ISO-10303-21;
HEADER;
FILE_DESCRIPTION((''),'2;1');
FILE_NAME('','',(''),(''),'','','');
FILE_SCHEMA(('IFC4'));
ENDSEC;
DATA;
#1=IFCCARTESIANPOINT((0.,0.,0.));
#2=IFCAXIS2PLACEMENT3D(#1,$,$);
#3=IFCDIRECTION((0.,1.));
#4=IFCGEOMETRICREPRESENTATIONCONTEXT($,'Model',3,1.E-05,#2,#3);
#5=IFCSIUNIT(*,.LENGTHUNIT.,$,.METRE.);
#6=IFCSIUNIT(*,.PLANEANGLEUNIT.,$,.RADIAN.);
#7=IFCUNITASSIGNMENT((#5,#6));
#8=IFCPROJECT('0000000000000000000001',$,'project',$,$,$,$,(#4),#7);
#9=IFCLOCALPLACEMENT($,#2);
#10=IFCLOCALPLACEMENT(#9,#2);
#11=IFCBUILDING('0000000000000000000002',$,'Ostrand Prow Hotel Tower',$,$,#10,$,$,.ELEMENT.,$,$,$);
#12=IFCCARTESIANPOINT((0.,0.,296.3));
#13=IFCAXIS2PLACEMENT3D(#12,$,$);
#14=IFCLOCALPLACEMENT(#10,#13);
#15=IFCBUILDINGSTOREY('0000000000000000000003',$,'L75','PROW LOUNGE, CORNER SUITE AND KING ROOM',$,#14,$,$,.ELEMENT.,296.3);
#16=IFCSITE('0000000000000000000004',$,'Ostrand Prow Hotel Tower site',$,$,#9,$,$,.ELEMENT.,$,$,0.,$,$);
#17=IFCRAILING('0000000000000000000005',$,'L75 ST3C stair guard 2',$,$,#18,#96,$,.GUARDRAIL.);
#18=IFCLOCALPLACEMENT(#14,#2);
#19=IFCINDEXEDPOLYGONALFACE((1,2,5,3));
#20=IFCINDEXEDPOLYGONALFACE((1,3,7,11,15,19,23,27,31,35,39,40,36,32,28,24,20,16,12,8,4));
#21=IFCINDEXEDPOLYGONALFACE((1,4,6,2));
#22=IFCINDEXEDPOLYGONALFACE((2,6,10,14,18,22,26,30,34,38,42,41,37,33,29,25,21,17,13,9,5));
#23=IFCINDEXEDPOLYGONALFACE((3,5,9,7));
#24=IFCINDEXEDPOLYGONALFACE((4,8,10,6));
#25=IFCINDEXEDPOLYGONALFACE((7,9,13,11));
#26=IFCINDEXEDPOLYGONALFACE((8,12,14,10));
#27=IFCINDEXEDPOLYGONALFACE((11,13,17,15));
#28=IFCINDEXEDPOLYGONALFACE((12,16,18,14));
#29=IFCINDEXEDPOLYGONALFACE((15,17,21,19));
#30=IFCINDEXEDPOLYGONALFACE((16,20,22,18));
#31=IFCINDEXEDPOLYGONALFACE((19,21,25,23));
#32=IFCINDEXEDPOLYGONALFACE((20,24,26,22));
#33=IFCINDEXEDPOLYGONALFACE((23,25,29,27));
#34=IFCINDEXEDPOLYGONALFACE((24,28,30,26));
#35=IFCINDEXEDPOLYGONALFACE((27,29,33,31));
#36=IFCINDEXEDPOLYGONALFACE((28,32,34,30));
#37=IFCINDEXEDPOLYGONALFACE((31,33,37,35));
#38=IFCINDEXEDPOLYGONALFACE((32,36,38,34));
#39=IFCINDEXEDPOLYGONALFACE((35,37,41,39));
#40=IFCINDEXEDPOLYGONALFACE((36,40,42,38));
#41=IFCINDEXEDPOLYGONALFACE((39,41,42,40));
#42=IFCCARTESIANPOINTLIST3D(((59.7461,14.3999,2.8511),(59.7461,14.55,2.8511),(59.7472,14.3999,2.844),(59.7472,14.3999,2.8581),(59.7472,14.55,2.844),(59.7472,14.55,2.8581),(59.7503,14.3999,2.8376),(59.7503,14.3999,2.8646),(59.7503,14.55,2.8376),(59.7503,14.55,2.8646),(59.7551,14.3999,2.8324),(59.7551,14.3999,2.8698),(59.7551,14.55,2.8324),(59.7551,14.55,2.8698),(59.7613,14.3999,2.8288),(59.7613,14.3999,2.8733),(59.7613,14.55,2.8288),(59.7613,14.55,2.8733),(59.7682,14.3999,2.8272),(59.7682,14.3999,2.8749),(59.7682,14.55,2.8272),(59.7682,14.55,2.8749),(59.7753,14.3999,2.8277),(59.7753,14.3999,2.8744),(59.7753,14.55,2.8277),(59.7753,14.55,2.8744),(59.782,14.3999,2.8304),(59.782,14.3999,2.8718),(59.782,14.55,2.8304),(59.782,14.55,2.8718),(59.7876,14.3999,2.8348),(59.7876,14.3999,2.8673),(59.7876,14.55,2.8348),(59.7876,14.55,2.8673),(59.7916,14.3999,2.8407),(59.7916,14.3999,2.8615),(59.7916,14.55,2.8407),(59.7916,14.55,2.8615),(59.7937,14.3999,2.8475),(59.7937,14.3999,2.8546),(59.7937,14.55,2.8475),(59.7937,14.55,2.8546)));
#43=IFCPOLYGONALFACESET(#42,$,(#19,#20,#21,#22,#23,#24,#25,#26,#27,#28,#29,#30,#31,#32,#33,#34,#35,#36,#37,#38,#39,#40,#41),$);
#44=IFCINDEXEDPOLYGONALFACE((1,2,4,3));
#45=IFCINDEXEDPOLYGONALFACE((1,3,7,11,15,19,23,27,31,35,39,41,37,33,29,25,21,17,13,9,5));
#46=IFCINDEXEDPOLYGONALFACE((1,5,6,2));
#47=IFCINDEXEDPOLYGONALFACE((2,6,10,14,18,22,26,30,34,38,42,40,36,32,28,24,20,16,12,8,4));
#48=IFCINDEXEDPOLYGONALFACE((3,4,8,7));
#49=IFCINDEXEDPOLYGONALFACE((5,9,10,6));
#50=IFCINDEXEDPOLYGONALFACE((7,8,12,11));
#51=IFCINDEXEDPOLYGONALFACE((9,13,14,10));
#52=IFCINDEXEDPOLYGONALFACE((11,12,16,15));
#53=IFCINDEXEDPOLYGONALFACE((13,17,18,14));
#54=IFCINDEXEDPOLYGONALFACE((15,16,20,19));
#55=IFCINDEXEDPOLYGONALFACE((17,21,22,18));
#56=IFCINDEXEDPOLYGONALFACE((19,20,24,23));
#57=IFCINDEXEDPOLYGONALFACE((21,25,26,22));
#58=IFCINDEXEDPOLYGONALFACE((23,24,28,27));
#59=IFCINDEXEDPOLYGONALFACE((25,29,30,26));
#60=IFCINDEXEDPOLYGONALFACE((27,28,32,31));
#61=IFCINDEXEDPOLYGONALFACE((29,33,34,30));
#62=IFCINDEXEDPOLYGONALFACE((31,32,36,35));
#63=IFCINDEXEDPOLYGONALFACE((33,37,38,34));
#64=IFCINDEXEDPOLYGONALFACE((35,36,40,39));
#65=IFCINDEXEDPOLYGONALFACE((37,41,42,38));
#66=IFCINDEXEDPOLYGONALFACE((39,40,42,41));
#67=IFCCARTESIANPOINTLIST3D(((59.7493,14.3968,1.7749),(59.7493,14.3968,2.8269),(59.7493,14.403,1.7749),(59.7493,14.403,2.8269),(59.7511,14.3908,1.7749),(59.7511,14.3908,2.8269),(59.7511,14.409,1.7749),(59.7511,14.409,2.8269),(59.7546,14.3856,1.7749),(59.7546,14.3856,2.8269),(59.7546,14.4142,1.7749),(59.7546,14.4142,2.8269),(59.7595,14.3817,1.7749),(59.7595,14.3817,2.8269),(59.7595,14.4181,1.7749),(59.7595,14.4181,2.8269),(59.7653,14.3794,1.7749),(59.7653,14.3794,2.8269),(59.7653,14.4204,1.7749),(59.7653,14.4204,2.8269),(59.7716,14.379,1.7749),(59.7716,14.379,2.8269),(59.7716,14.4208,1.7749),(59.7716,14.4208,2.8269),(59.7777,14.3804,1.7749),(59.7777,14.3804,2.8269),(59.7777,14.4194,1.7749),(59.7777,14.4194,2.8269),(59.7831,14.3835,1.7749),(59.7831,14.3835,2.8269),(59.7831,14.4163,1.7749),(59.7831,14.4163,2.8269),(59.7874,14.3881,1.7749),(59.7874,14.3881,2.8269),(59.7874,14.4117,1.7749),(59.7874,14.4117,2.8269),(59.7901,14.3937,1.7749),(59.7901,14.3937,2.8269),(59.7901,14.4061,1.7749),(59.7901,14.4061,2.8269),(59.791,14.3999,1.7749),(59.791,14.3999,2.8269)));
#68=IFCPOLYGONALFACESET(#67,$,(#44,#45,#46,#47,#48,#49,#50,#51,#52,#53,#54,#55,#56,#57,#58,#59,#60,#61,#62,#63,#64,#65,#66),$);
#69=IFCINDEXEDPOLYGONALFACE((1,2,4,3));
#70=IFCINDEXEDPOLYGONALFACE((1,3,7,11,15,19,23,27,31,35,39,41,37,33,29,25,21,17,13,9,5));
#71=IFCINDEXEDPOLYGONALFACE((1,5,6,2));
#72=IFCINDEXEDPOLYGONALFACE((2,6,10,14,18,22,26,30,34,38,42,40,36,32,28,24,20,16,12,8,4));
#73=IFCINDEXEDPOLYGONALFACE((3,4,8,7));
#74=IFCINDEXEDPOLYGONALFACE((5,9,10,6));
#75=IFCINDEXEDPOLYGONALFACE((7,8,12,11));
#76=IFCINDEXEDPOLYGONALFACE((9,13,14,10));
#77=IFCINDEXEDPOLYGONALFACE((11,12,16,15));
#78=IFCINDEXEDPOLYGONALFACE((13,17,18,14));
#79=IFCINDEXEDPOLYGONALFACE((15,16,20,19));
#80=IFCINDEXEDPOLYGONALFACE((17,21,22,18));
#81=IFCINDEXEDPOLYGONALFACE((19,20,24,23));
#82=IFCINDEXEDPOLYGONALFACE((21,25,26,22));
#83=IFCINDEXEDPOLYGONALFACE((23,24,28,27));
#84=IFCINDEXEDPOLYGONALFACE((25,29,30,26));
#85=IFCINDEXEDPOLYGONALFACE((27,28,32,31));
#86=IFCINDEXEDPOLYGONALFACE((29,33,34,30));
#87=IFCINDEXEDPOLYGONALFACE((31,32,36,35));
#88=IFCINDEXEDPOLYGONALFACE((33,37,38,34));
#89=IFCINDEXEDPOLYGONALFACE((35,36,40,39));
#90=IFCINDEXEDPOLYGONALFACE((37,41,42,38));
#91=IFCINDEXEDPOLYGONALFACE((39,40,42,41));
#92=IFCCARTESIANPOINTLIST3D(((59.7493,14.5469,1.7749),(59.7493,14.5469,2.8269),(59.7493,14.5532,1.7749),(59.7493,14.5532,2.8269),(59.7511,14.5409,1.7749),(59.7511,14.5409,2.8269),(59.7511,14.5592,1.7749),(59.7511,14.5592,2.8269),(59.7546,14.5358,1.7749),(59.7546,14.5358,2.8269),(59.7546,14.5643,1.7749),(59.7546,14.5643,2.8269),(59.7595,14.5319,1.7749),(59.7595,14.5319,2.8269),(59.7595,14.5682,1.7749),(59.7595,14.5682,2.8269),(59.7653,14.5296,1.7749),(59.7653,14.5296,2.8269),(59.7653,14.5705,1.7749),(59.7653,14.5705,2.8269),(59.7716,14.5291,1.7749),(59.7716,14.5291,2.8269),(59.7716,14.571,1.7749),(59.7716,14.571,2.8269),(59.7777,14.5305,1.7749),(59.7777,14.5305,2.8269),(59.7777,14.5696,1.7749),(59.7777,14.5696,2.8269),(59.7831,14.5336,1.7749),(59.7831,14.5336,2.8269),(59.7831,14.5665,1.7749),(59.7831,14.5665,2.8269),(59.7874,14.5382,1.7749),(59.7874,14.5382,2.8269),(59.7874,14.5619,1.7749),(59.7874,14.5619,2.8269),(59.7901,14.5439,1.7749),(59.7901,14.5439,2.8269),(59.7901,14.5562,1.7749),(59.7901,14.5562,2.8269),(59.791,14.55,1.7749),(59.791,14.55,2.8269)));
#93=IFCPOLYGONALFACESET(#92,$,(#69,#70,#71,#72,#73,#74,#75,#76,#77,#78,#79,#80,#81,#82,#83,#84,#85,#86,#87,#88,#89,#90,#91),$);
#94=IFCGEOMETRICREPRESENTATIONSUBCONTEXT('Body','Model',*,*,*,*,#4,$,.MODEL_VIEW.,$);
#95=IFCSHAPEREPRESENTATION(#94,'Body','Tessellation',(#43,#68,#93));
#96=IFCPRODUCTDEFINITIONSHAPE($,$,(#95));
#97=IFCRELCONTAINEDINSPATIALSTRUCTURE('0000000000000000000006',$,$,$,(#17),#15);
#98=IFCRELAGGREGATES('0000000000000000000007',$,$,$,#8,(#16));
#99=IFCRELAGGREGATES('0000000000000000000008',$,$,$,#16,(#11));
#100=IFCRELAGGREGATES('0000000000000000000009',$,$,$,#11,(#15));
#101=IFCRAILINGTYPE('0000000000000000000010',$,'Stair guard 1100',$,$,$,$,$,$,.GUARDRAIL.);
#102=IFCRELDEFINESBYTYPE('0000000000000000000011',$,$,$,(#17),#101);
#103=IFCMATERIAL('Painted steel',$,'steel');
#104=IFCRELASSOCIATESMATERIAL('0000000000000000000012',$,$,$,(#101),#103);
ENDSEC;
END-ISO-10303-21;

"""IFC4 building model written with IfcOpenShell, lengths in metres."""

from ifc_helpers import new_model, si_unit, direction, frame, origin, origin_2d, place, context, subcontext, project, spatial, circle, extrude, material, type_object, element, save


model = new_model("IFC4")

# Units and contexts
model_context = context("Model", 3, precision=1e-05, world=origin(), true_north=direction((0.0, 1.0)))
body_context = subcontext(model_context, "Body", "Model", "MODEL_VIEW")
ifc_project = project(units=[si_unit("LENGTHUNIT", "METRE"), si_unit("PLANEANGLEUNIT", "RADIAN")], contexts=[model_context])

# Site, building, storey
site_placement = place(None, origin())
site = spatial("IfcSite", under=ifc_project, at=site_placement, Name="Ostrand Prow Hotel Tower site", CompositionType="ELEMENT", RefElevation=0.0)
building_placement = place(site_placement, origin())
building = spatial("IfcBuilding", under=site, at=building_placement, Name="Ostrand Prow Hotel Tower", CompositionType="ELEMENT")
storey_placement = place(building_placement, frame((0.0, 0.0, 296.3)))
storey = spatial("IfcBuildingStorey", under=building, at=storey_placement, Name="L75", Description="PROW LOUNGE, CORNER SUITE AND KING ROOM", CompositionType="ELEMENT", Elevation=296.3)

# Railing
ifc_material_1 = material(Name="Painted steel", Category="steel")
railing_type_1 = type_object("IfcRailingType", Name="Stair guard 1100", PredefinedType="GUARDRAIL", material=ifc_material_1)
railing_1_placement = place(storey_placement, frame((59.77, 14.3999, 1.7749)))
element("IfcRailing", 1, at=railing_1_placement, inside=storey, type_object=railing_type_1, Name="L75 ST3C stair guard 2", PredefinedType="GUARDRAIL", context=body_context, shape_type="SweptSolid", body=[
    extrude(circle(Radius=0.0239, at=origin_2d()), frame((0.0, 0.0, 1.0762), z_axis=(0.0, 1.0, 0.0), x_axis=(-1.0, 0.0, 0.0)), (0.0, 0.0, 1.0), 0.1501),
    extrude(circle(Radius=0.021, at=origin_2d()), origin(), (0.0, 0.0, 1.0), 1.052),
    extrude(circle(Radius=0.021, at=origin_2d()), frame((0.0, 0.1501, 0.0)), (0.0, 0.0, 1.0), 1.052),
])

save(model, "model.ifc")
